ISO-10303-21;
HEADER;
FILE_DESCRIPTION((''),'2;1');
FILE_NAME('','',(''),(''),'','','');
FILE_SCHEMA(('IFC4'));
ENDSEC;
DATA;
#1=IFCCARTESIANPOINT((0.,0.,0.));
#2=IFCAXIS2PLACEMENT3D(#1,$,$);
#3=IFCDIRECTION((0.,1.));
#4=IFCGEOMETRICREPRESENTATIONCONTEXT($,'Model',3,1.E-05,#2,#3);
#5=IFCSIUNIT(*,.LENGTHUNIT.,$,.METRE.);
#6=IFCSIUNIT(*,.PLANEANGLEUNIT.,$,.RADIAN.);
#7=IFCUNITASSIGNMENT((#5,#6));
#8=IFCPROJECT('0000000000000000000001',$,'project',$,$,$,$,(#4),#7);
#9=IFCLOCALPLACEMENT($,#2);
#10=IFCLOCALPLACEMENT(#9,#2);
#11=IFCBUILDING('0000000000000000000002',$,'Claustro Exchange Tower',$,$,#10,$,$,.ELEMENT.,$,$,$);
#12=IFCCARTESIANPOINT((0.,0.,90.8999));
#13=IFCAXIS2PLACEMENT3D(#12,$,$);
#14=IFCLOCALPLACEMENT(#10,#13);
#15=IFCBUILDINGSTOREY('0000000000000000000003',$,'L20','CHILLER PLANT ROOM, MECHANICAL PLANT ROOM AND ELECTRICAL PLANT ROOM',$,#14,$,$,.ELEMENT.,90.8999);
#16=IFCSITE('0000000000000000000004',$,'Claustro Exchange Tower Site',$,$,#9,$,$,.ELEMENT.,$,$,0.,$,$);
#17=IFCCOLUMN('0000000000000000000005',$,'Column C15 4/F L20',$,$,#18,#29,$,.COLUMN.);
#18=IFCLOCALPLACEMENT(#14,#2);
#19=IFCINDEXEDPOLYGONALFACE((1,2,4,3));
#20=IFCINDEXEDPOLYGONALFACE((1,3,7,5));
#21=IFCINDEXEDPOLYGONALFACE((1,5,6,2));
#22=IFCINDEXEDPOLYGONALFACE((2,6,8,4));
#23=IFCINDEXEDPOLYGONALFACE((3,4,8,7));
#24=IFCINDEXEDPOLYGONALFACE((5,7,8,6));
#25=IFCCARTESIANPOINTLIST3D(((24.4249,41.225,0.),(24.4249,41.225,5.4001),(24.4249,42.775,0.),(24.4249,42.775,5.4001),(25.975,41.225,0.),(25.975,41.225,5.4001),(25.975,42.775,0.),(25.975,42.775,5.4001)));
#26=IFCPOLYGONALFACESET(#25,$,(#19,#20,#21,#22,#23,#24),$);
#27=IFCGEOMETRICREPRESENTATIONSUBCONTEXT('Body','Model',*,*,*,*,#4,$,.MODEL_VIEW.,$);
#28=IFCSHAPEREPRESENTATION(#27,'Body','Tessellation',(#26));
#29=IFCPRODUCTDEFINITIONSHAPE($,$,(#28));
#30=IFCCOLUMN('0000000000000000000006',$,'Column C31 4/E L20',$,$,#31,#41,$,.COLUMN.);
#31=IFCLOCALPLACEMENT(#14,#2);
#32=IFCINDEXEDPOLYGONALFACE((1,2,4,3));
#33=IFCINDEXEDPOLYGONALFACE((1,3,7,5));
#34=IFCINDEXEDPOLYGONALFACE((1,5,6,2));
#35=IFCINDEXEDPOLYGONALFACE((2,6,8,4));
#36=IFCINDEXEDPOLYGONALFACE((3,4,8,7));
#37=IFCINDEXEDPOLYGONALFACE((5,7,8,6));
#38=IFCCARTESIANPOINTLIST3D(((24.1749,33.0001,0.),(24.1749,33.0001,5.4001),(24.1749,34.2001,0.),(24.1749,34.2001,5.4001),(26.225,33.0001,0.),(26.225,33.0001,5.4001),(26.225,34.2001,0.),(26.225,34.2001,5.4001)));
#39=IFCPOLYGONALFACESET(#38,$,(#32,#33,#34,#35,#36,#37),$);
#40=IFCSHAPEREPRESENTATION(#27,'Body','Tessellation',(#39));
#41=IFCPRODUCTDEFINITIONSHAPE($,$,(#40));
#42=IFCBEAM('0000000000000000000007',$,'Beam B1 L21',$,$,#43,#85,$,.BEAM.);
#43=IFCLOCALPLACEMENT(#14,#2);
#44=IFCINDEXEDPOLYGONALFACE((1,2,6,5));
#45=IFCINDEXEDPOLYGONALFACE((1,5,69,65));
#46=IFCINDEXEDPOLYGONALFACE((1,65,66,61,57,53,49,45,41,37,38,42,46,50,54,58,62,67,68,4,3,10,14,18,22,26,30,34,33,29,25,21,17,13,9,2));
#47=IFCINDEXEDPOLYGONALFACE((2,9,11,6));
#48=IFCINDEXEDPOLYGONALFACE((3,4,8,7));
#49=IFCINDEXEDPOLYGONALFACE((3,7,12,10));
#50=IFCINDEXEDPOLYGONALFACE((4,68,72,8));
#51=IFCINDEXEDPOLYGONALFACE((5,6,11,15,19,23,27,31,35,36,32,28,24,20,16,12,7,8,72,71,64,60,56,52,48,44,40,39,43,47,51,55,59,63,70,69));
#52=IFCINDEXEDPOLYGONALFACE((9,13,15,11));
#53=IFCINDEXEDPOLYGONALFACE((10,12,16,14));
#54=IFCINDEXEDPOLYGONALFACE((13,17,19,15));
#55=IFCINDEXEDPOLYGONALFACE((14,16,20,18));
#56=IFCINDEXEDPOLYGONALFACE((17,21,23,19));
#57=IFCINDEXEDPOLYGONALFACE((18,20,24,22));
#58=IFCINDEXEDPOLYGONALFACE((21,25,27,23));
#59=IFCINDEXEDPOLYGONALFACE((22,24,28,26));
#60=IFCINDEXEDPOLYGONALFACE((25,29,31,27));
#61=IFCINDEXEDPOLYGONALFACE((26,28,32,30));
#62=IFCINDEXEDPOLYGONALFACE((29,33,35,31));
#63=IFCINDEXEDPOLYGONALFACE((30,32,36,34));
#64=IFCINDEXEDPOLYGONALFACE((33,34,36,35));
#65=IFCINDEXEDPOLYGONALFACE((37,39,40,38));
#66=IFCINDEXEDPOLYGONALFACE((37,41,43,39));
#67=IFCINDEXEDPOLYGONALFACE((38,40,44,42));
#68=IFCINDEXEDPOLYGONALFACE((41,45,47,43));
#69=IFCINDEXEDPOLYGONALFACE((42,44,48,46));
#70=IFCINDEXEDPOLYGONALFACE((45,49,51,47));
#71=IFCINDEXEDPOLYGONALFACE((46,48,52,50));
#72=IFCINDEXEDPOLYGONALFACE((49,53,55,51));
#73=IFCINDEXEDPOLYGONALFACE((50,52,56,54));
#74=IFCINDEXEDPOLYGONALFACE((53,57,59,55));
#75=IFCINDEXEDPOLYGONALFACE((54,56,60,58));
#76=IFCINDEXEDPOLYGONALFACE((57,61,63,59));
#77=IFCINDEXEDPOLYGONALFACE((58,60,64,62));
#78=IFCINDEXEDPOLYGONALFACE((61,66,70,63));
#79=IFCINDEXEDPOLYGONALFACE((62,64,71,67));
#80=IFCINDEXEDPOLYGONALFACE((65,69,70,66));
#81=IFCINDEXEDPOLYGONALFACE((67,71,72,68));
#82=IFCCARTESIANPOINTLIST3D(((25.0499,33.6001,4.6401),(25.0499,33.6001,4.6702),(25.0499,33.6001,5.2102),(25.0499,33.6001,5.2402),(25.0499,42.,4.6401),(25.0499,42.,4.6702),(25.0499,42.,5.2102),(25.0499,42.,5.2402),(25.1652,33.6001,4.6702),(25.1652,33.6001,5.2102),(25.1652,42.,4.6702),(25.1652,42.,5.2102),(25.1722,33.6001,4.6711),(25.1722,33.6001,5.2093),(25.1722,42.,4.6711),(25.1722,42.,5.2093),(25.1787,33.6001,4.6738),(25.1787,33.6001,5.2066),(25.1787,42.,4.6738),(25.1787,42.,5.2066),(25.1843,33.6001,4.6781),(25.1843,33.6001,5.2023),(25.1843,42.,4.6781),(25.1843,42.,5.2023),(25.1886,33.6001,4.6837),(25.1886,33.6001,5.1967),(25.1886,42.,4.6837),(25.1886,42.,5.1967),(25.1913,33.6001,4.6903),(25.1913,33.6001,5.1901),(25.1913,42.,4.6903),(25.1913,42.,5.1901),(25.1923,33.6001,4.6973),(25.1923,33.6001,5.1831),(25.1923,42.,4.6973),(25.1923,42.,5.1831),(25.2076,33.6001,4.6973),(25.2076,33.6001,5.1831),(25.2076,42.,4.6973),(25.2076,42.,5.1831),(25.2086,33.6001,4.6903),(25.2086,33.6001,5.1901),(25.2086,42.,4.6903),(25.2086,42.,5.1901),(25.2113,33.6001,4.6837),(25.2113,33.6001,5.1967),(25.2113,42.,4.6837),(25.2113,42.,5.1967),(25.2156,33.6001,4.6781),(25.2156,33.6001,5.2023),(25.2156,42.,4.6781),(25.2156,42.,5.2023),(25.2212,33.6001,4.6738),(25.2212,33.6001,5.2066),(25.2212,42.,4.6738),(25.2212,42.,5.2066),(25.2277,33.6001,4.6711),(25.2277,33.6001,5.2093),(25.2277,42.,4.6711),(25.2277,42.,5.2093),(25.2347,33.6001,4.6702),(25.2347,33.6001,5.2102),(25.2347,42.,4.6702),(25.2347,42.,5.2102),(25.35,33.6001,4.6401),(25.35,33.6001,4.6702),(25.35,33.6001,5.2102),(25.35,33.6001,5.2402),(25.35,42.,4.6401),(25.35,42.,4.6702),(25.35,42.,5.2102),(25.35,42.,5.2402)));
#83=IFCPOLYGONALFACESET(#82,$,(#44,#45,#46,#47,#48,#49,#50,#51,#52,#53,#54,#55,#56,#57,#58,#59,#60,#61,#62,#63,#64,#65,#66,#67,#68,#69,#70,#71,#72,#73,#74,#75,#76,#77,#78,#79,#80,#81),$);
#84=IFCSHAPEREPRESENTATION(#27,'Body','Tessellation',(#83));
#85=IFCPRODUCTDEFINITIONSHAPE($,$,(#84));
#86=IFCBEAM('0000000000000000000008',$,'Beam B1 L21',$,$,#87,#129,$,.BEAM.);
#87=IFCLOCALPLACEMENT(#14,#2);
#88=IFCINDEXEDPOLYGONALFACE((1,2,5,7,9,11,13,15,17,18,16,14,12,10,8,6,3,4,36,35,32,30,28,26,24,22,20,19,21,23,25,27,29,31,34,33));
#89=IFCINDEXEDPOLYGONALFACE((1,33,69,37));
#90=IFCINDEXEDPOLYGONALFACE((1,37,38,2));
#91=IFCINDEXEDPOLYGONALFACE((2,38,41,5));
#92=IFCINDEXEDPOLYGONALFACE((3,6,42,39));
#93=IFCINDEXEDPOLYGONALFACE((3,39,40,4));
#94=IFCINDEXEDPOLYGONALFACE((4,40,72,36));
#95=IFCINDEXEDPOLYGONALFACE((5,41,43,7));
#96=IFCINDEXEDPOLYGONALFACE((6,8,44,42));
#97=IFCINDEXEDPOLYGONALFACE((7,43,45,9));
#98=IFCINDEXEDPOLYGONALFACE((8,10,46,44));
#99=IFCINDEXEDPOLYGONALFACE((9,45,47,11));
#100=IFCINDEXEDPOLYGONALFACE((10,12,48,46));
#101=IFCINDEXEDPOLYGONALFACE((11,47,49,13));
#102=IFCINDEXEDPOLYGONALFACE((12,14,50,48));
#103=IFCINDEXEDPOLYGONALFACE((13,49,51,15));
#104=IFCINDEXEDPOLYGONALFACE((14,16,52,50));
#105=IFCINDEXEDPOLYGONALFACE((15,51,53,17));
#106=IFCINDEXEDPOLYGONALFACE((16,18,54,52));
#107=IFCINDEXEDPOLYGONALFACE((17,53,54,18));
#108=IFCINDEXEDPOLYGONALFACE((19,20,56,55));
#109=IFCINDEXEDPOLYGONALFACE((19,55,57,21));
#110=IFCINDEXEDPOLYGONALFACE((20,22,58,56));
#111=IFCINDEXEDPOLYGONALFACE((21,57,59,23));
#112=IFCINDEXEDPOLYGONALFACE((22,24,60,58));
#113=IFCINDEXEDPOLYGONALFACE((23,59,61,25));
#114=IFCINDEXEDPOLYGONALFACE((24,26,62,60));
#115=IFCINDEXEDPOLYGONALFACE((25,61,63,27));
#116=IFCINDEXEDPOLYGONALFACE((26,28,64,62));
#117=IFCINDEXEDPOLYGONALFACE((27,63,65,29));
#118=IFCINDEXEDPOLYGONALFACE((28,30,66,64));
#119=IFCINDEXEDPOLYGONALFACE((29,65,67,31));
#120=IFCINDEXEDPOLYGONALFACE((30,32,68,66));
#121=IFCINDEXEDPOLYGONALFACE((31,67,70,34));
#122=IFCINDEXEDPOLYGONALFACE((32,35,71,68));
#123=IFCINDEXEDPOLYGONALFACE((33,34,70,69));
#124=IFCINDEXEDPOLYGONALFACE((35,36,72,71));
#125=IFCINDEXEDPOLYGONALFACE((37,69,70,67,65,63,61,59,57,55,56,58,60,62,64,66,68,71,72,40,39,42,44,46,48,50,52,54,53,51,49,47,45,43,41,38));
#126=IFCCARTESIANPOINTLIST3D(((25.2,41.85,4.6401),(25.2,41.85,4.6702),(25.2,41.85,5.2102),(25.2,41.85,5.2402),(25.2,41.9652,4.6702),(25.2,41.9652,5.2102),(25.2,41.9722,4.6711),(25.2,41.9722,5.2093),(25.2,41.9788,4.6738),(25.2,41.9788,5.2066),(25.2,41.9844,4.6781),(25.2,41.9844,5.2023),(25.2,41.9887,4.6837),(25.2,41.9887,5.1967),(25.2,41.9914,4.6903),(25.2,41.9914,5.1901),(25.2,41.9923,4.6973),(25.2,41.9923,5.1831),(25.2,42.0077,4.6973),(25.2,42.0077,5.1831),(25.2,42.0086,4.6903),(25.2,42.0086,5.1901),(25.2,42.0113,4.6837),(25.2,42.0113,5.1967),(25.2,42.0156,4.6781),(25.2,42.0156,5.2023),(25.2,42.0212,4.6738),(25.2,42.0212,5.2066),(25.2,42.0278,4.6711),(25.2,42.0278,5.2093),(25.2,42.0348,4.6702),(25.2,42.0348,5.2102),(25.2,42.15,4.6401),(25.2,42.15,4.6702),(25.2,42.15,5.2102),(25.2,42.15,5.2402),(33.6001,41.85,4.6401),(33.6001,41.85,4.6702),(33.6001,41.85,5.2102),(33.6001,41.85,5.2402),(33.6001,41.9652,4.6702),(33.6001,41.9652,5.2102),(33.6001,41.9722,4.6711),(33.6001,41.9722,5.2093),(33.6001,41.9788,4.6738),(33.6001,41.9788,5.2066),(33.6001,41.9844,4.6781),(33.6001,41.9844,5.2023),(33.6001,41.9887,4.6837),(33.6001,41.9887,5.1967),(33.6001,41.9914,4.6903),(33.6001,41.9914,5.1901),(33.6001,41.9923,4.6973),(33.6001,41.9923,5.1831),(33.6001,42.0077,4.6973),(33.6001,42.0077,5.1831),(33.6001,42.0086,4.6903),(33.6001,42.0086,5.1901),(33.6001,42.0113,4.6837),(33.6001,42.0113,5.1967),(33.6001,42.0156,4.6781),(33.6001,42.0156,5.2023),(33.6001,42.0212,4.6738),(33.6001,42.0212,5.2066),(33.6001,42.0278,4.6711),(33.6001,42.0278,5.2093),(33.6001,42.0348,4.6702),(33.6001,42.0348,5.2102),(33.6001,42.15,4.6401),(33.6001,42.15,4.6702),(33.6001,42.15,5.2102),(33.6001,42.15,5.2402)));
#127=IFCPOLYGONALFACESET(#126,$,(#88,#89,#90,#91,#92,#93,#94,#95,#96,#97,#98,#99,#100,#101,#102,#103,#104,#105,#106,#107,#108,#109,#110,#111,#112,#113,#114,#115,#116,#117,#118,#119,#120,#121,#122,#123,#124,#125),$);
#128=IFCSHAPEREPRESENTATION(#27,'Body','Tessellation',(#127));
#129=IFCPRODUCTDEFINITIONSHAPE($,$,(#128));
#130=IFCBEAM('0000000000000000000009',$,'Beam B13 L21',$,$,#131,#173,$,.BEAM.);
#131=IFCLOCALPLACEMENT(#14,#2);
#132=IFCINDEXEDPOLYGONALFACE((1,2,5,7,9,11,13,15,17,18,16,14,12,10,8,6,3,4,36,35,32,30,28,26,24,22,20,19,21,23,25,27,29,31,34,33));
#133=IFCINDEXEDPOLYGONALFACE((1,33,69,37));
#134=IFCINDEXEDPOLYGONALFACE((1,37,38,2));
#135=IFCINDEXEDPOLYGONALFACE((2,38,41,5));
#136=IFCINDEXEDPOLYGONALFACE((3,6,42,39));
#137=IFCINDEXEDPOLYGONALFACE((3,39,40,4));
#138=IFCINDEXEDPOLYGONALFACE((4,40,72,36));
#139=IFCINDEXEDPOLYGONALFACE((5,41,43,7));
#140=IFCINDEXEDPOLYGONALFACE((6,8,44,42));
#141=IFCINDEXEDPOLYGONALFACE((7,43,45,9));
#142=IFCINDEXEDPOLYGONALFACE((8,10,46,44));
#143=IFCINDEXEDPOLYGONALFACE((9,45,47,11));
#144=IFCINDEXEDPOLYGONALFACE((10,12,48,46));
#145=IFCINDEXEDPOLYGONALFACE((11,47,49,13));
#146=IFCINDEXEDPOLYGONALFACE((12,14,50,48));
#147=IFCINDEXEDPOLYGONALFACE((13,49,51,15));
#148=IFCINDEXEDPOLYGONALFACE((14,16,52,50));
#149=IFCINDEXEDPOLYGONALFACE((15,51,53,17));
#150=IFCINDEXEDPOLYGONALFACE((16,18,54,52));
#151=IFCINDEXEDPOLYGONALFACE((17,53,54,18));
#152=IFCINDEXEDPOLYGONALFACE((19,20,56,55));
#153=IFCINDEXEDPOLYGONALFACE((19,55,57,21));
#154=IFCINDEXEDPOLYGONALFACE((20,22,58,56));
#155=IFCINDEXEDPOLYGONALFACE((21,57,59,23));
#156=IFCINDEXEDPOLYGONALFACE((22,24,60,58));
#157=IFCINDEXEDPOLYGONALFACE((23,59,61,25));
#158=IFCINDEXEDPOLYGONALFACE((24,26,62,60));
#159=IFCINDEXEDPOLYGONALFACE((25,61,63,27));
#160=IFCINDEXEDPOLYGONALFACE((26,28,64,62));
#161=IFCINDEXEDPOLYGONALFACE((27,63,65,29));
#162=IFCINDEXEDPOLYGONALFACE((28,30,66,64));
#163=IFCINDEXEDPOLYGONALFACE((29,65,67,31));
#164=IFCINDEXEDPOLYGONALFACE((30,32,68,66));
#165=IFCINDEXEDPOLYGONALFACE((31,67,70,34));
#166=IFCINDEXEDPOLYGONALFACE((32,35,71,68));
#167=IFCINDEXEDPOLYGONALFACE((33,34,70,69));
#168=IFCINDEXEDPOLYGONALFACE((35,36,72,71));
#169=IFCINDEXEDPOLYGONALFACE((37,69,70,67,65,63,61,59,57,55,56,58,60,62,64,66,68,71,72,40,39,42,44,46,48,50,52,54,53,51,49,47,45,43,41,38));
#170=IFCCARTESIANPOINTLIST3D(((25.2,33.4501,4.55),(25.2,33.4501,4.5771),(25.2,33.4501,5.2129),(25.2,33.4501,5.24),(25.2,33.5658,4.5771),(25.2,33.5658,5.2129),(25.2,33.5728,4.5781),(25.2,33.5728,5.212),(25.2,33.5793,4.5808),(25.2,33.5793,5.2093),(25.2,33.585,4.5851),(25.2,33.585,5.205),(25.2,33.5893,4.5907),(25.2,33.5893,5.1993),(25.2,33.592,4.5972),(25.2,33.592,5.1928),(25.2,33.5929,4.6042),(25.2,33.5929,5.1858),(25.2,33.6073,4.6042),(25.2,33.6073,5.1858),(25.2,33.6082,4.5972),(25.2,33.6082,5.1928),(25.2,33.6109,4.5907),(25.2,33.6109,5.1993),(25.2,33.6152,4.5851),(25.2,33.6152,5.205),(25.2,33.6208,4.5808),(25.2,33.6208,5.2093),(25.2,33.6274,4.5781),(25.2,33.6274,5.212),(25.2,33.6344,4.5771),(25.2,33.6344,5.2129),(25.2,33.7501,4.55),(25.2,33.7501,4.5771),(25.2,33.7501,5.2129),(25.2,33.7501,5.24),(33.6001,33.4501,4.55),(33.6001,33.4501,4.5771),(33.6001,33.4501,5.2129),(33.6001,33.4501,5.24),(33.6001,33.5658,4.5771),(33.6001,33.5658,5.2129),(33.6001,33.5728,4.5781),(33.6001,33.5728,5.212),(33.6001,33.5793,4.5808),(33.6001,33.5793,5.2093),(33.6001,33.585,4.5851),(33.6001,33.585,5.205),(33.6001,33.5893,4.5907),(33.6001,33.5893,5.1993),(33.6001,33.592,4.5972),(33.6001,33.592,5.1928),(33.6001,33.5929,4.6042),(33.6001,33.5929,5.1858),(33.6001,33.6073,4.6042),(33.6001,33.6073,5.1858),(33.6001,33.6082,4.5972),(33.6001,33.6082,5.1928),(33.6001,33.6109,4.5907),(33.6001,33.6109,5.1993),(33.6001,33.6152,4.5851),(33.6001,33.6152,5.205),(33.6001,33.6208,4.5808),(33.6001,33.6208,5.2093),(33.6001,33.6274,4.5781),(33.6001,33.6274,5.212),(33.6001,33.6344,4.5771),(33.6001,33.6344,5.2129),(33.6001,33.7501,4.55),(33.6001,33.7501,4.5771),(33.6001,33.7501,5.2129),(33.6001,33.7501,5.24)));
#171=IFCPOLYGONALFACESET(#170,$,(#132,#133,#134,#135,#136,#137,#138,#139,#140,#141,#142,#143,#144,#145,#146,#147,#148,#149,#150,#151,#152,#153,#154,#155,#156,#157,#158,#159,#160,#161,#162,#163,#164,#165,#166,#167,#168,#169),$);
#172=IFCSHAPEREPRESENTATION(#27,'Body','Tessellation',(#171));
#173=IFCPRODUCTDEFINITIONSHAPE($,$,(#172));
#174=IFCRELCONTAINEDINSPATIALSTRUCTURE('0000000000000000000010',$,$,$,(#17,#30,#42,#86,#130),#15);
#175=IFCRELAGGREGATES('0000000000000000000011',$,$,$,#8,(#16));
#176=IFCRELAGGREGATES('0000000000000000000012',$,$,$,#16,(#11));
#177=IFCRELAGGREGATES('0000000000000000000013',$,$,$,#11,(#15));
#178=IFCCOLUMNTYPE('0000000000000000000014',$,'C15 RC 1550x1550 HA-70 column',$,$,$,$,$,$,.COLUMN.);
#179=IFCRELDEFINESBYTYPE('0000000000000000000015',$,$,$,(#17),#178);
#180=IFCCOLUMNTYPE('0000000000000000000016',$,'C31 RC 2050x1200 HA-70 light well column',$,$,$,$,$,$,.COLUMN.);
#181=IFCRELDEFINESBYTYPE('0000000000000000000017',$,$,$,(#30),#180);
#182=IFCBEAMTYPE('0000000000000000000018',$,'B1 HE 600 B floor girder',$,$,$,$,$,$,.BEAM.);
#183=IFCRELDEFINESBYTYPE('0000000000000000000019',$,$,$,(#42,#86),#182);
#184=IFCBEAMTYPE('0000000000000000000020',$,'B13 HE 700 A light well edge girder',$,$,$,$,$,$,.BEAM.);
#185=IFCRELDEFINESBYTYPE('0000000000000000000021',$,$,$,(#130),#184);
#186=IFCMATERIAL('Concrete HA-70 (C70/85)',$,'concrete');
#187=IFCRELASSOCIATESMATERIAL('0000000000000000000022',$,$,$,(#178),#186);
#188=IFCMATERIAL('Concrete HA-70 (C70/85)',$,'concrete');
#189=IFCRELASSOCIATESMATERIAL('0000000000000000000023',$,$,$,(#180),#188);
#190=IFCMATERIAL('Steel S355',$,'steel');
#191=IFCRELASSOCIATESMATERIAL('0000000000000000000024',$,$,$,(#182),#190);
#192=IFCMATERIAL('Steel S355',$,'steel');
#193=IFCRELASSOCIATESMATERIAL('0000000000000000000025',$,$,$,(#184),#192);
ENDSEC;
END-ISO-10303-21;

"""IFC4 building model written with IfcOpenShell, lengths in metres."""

from ifc_helpers import new_model, si_unit, direction, frame, origin, origin_2d, place, context, subcontext, project, spatial, rectangle, i_section, extrude, material, material_profile, profile_set, type_object, element, save


model = new_model("IFC4")

# Units and contexts
model_context = context("Model", 3, precision=1e-05, world=origin(), true_north=direction((0.0, 1.0)))
body_context = subcontext(model_context, "Body", "Model", "MODEL_VIEW")
ifc_project = project(units=[si_unit("LENGTHUNIT", "METRE"), si_unit("PLANEANGLEUNIT", "RADIAN")], contexts=[model_context])

# Site, building, storey
site_placement = place(None, origin())
site = spatial("IfcSite", under=ifc_project, at=site_placement, Name="Claustro Exchange Tower Site", CompositionType="ELEMENT", RefElevation=0.0)
building_placement = place(site_placement, origin())
building = spatial("IfcBuilding", under=site, at=building_placement, Name="Claustro Exchange Tower", CompositionType="ELEMENT")
storey_placement = place(building_placement, frame((0.0, 0.0, 90.8999)))
storey = spatial("IfcBuildingStorey", under=building, at=storey_placement, Name="L20", Description="CHILLER PLANT ROOM, MECHANICAL PLANT ROOM AND ELECTRICAL PLANT ROOM", CompositionType="ELEMENT", Elevation=90.8999)

# Columns
ifc_material_1 = material(Name="Concrete HA-70 (C70/85)", Category="concrete")
ifc_material_profile_1 = material_profile(ifc_material_1, rectangle(XDim=1.55, YDim=1.55, at=origin_2d()), Name="RC 1550x1550")
ifc_profile_set_1 = profile_set([ifc_material_profile_1], Name="Concrete HA-70 (C70/85)")
column_type_1 = type_object("IfcColumnType", Name="C15 RC 1550x1550 HA-70 column", PredefinedType="COLUMN", material=ifc_profile_set_1)
column_1_placement = place(storey_placement, frame((25.2, 42.0, 0.0), z_axis=(0.0, 0.0, 1.0), x_axis=(1.0, 0.0, 0.0)))
element("IfcColumn", 1, at=column_1_placement, inside=storey, type_object=column_type_1, Name="Column C15 4/F L20", PredefinedType="COLUMN", context=body_context, shape_type="SweptSolid", body=[
    extrude(rectangle(XDim=1.55, YDim=1.55, at=origin_2d()), origin(), (0.0, 0.0, 1.0), 5.4001),
])
ifc_material_2 = material(Name="Concrete HA-70 (C70/85)", Category="concrete")
ifc_material_profile_2 = material_profile(ifc_material_2, rectangle(XDim=2.05, YDim=1.2, at=origin_2d()), Name="RC 2050x1200")
ifc_profile_set_2 = profile_set([ifc_material_profile_2], Name="Concrete HA-70 (C70/85)")
column_type_2 = type_object("IfcColumnType", Name="C31 RC 2050x1200 HA-70 light well column", PredefinedType="COLUMN", material=ifc_profile_set_2)
column_2_placement = place(storey_placement, frame((25.2, 33.6001, 0.0), z_axis=(0.0, 0.0, 1.0), x_axis=(1.0, 0.0, 0.0)))
element("IfcColumn", 2, at=column_2_placement, inside=storey, type_object=column_type_2, Name="Column C31 4/E L20", PredefinedType="COLUMN", context=body_context, shape_type="SweptSolid", body=[
    extrude(rectangle(XDim=2.05, YDim=1.2, at=origin_2d()), origin(), (0.0, 0.0, 1.0), 5.4001),
])

# Beams
ifc_material_3 = material(Name="Steel S355", Category="steel")
ifc_material_profile_3 = material_profile(ifc_material_3, i_section(OverallWidth=0.3, OverallDepth=0.6001, WebThickness=0.0154, FlangeThickness=0.03, FilletRadius=0.0271, at=origin_2d()), Name="HE 600 B")
ifc_profile_set_3 = profile_set([ifc_material_profile_3], Name="Steel S355")
beam_type_1 = type_object("IfcBeamType", Name="B1 HE 600 B floor girder", PredefinedType="BEAM", material=ifc_profile_set_3)
beam_1_placement = place(storey_placement, frame((25.2, 33.6001, 4.9402), z_axis=(0.0, 1.0, 0.0), x_axis=(-1.0, 0.0, 0.0)))
element("IfcBeam", 3, at=beam_1_placement, inside=storey, type_object=beam_type_1, Name="Beam B1 L21", PredefinedType="BEAM", context=body_context, shape_type="SweptSolid", body=[
    extrude(i_section(OverallWidth=0.3, OverallDepth=0.6001, WebThickness=0.0154, FlangeThickness=0.03, FilletRadius=0.0271, at=origin_2d()), origin(), (0.0, 0.0, 1.0), 8.3999),
])
beam_2_placement = place(storey_placement, frame((25.2, 42.0, 4.9402), z_axis=(1.0, 0.0, 0.0), x_axis=(0.0, 1.0, 0.0)))
element("IfcBeam", 4, at=beam_2_placement, inside=storey, type_object=beam_type_1, Name="Beam B1 L21", PredefinedType="BEAM", context=body_context, shape_type="SweptSolid", body=[
    extrude(i_section(OverallWidth=0.3, OverallDepth=0.6001, WebThickness=0.0154, FlangeThickness=0.03, FilletRadius=0.0271, at=origin_2d()), origin(), (0.0, 0.0, 1.0), 8.4001),
])
ifc_material_4 = material(Name="Steel S355", Category="steel")
ifc_material_profile_4 = material_profile(ifc_material_4, i_section(OverallWidth=0.3, OverallDepth=0.6899, WebThickness=0.0144, FlangeThickness=0.0271, FilletRadius=0.0271, at=origin_2d()), Name="HE 700 A")
ifc_profile_set_4 = profile_set([ifc_material_profile_4], Name="Steel S355")
beam_type_2 = type_object("IfcBeamType", Name="B13 HE 700 A light well edge girder", PredefinedType="BEAM", material=ifc_profile_set_4)
beam_3_placement = place(storey_placement, frame((25.2, 33.6001, 4.895), z_axis=(1.0, 0.0, 0.0), x_axis=(0.0, 1.0, 0.0)))
element("IfcBeam", 5, at=beam_3_placement, inside=storey, type_object=beam_type_2, Name="Beam B13 L21", PredefinedType="BEAM", context=body_context, shape_type="SweptSolid", body=[
    extrude(i_section(OverallWidth=0.3, OverallDepth=0.6899, WebThickness=0.0144, FlangeThickness=0.0271, FilletRadius=0.0271, at=origin_2d()), origin(), (0.0, 0.0, 1.0), 8.4001),
])

save(model, "model.ifc")
